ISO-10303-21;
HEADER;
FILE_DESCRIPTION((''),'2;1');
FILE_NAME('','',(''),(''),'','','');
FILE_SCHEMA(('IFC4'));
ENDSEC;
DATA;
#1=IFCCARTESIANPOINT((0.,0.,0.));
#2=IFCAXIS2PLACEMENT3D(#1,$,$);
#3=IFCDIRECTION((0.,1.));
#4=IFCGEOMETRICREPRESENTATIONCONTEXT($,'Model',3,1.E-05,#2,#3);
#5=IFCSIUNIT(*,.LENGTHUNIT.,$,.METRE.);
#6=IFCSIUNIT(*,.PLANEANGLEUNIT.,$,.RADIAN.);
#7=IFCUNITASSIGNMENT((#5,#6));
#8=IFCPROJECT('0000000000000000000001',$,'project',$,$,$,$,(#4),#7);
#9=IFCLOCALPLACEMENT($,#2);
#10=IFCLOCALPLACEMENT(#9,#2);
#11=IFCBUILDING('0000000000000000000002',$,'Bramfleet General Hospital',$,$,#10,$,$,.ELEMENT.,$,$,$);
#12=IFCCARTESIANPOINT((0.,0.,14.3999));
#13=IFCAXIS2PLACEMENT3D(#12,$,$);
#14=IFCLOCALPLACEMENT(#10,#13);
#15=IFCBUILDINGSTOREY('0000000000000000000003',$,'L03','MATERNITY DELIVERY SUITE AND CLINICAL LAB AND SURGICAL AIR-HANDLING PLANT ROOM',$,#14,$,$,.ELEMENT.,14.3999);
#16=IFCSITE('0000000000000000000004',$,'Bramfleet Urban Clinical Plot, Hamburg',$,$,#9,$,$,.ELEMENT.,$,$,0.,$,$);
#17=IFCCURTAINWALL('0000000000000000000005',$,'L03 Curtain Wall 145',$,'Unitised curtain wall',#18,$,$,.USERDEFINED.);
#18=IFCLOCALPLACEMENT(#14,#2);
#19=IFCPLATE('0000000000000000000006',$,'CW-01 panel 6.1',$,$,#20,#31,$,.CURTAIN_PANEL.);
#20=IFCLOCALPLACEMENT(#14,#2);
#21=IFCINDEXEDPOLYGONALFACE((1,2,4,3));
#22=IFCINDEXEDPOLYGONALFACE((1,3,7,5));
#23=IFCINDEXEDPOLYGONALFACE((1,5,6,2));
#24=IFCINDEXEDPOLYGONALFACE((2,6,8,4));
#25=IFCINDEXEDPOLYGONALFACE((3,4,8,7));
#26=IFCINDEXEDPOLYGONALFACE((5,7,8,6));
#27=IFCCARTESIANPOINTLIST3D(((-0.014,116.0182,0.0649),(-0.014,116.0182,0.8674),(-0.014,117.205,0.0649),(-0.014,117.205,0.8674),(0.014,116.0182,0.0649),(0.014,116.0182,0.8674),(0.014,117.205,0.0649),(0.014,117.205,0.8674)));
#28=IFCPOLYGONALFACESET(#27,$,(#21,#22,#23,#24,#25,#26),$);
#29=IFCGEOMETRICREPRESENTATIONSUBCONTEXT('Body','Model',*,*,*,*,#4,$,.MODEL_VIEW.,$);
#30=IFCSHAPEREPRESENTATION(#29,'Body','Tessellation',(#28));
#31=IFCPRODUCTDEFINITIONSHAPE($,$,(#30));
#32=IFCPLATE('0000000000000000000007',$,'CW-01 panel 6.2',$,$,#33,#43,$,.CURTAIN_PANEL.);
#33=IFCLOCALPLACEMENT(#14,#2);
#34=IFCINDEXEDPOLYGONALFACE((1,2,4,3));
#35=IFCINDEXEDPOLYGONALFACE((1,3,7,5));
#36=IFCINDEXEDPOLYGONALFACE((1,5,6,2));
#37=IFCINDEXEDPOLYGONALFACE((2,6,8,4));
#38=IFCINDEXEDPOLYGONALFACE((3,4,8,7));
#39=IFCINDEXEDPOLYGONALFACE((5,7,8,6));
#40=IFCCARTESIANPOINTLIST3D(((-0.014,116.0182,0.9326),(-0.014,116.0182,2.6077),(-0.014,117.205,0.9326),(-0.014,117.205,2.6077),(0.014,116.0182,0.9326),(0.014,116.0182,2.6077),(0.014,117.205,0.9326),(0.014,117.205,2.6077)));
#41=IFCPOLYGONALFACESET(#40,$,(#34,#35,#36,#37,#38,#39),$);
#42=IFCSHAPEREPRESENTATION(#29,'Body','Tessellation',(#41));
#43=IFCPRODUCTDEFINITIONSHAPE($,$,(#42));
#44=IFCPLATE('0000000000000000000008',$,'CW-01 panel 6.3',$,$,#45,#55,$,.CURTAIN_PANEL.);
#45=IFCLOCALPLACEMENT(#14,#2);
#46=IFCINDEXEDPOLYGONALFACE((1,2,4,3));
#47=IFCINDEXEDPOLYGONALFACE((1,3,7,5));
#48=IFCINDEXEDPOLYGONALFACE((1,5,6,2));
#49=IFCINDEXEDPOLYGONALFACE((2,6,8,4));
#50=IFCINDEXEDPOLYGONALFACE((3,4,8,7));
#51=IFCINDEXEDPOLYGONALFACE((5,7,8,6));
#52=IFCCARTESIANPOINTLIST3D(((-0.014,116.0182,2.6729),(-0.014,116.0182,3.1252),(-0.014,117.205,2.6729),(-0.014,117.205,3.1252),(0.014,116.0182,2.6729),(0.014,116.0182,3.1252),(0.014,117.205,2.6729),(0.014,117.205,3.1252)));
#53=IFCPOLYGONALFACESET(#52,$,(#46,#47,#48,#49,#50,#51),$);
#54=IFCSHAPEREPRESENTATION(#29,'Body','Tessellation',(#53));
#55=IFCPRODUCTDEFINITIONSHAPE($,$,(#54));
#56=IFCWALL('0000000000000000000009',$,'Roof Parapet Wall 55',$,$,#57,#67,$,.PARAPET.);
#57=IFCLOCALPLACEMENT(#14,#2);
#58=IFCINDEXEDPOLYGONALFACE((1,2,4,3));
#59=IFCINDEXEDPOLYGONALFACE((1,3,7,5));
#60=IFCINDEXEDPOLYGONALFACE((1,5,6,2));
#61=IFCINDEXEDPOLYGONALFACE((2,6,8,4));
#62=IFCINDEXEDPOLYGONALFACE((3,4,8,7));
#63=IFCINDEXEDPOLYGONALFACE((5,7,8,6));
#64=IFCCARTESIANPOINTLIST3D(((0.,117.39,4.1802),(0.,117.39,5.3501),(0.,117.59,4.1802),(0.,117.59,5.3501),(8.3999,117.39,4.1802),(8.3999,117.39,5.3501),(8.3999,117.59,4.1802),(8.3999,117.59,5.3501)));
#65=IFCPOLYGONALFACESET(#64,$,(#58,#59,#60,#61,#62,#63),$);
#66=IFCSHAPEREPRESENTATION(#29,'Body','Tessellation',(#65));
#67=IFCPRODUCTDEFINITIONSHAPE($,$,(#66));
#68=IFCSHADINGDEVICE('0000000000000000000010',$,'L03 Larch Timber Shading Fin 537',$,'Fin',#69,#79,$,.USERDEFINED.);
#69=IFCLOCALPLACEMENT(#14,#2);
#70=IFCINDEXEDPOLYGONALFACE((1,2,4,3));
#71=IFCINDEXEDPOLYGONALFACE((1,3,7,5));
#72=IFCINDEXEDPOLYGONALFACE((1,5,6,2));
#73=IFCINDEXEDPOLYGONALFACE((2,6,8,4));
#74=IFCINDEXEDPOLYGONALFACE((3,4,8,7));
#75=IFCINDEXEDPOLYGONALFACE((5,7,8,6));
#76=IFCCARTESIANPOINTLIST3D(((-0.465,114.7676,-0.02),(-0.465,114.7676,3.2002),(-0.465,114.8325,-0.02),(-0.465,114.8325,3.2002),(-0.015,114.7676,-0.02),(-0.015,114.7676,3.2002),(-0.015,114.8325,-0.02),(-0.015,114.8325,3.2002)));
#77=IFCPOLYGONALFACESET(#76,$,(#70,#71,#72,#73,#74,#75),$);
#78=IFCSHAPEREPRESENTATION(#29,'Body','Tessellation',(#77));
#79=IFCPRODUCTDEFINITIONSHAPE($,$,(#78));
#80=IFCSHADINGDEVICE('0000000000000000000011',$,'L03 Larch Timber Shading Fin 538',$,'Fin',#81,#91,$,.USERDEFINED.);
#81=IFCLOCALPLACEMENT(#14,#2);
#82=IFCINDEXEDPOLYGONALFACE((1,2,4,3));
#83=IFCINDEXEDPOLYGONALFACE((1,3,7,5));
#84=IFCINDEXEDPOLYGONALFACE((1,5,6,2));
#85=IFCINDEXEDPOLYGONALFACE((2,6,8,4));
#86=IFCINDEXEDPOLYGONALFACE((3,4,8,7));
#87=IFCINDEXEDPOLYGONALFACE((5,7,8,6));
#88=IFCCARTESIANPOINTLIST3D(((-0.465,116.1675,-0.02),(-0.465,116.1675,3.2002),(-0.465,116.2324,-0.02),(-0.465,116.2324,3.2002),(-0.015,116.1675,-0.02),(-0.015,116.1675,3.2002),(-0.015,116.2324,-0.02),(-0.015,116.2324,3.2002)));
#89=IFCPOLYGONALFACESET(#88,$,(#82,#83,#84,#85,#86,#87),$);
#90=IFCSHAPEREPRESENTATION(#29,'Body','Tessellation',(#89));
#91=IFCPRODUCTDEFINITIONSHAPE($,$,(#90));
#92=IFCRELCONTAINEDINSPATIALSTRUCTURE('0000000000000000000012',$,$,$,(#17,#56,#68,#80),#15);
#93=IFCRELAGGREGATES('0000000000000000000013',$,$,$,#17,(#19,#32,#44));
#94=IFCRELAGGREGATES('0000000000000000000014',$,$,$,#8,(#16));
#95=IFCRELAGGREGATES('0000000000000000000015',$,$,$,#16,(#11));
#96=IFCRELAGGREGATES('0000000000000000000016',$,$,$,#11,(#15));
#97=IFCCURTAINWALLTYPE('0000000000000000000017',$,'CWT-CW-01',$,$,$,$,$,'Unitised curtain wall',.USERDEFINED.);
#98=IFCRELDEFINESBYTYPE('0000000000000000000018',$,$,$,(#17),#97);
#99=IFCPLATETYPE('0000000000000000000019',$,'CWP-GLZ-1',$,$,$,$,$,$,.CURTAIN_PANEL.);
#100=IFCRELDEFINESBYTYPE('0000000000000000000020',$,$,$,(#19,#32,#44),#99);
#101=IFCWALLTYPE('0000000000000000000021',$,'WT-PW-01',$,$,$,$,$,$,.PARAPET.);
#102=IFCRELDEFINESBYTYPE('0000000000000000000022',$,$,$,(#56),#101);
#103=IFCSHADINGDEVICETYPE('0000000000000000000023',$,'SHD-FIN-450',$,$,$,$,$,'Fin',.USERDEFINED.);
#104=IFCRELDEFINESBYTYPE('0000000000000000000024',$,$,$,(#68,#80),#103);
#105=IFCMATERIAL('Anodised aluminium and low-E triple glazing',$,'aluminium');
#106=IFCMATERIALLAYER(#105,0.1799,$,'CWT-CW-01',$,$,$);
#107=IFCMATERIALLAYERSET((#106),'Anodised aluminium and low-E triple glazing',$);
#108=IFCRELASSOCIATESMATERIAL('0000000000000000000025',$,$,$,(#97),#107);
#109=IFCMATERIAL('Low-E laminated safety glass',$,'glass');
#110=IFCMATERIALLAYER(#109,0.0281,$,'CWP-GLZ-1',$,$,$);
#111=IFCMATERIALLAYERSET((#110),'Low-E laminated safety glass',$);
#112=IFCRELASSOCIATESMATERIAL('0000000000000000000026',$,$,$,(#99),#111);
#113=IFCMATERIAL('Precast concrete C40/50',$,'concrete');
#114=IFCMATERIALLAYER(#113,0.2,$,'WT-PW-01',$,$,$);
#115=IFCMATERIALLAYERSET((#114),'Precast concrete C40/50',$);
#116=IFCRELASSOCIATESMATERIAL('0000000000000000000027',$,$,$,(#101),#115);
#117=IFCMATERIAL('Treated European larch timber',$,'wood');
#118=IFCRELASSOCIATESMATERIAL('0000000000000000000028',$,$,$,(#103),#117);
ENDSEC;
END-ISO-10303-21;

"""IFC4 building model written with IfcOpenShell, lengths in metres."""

from ifc_helpers import new_model, si_unit, direction, frame, frame_2d, origin, origin_2d, place, context, subcontext, project, spatial, rectangle, extrude, material, layer, layer_set, material_profile, profile_set, type_object, element, aggregate, save


model = new_model("IFC4")

# Units and contexts
model_context = context("Model", 3, precision=1e-05, world=origin(), true_north=direction((0.0, 1.0)))
body_context = subcontext(model_context, "Body", "Model", "MODEL_VIEW")
ifc_project = project(units=[si_unit("LENGTHUNIT", "METRE"), si_unit("PLANEANGLEUNIT", "RADIAN")], contexts=[model_context])

# Site, building, storey
site_placement = place(None, origin())
site = spatial("IfcSite", under=ifc_project, at=site_placement, Name="Bramfleet Urban Clinical Plot, Hamburg", CompositionType="ELEMENT", RefElevation=0.0)
building_placement = place(site_placement, origin())
building = spatial("IfcBuilding", under=site, at=building_placement, Name="Bramfleet General Hospital", CompositionType="ELEMENT")
storey_placement = place(building_placement, frame((0.0, 0.0, 14.3999)))
storey = spatial("IfcBuildingStorey", under=building, at=storey_placement, Name="L03", Description="MATERNITY DELIVERY SUITE AND CLINICAL LAB AND SURGICAL AIR-HANDLING PLANT ROOM", CompositionType="ELEMENT", Elevation=14.3999)

# Curtain wall
ifc_material_1 = material(Name="Anodised aluminium and low-E triple glazing", Category="aluminium")
ifc_layer_1 = layer(ifc_material_1, 0.1799, Name="CWT-CW-01")
ifc_layer_set_1 = layer_set([ifc_layer_1], Name="Anodised aluminium and low-E triple glazing")
curtain_wall_type_1 = type_object("IfcCurtainWallType", Name="CWT-CW-01", ElementType="Unitised curtain wall", PredefinedType="USERDEFINED", material=ifc_layer_set_1)
curtain_wall_1_placement = place(storey_placement, origin())
curtain_wall_1 = element("IfcCurtainWall", 1, at=curtain_wall_1_placement, inside=storey, type_object=curtain_wall_type_1, Name="L03 Curtain Wall 145", ObjectType="Unitised curtain wall", PredefinedType="USERDEFINED")

# Plates
ifc_material_2 = material(Name="Low-E laminated safety glass", Category="glass")
ifc_layer_2 = layer(ifc_material_2, 0.0281, Name="CWP-GLZ-1")
ifc_layer_set_2 = layer_set([ifc_layer_2], Name="Low-E laminated safety glass")
plate_type = type_object("IfcPlateType", Name="CWP-GLZ-1", PredefinedType="CURTAIN_PANEL", material=ifc_layer_set_2)
plate_1_placement = place(storey_placement, frame((0.0, 116.6116, 0.0649), z_axis=(0.0, 0.0, 1.0), x_axis=(0.0, 1.0, 0.0)))
plate_1 = element("IfcPlate", 2, at=plate_1_placement, type_object=plate_type, Name="CW-01 panel 6.1", PredefinedType="CURTAIN_PANEL", context=body_context, shape_type="SweptSolid", body=[
    extrude(rectangle(XDim=1.1868, YDim=0.0281, at=origin_2d()), origin(), (0.0, 0.0, 1.0), 0.8025),
])
plate_2_placement = place(storey_placement, frame((0.0, 116.6116, 0.9326), z_axis=(0.0, 0.0, 1.0), x_axis=(0.0, 1.0, 0.0)))
plate_2 = element("IfcPlate", 3, at=plate_2_placement, type_object=plate_type, Name="CW-01 panel 6.2", PredefinedType="CURTAIN_PANEL", context=body_context, shape_type="SweptSolid", body=[
    extrude(rectangle(XDim=1.1868, YDim=0.0281, at=origin_2d()), origin(), (0.0, 0.0, 1.0), 1.675),
])
plate_3_placement = place(storey_placement, frame((0.0, 116.6116, 2.6729), z_axis=(0.0, 0.0, 1.0), x_axis=(0.0, 1.0, 0.0)))
plate_3 = element("IfcPlate", 4, at=plate_3_placement, type_object=plate_type, Name="CW-01 panel 6.3", PredefinedType="CURTAIN_PANEL", context=body_context, shape_type="SweptSolid", body=[
    extrude(rectangle(XDim=1.1868, YDim=0.0281, at=origin_2d()), origin(), (0.0, 0.0, 1.0), 0.4524),
])
aggregate(curtain_wall_1, [plate_1, plate_2, plate_3])

# Wall
ifc_material_3 = material(Name="Precast concrete C40/50", Category="concrete")
ifc_layer_3 = layer(ifc_material_3, 0.2, Name="WT-PW-01")
ifc_layer_set_3 = layer_set([ifc_layer_3], Name="Precast concrete C40/50")
wall_type = type_object("IfcWallType", Name="WT-PW-01", PredefinedType="PARAPET", material=ifc_layer_set_3)
wall_placement = place(storey_placement, frame((0.0, 117.49, 4.1802), z_axis=(0.0, 0.0, 1.0), x_axis=(1.0, 0.0, 0.0)))
element("IfcWall", 5, at=wall_placement, inside=storey, type_object=wall_type, Name="Roof Parapet Wall 55", PredefinedType="PARAPET", context=body_context, shape_type="SweptSolid", body=[
    extrude(rectangle(XDim=8.3999, YDim=0.2, at=frame_2d((4.2, 0.0))), origin(), (0.0, 0.0, 1.0), 1.1699),
])

# Shading devices
ifc_material_4 = material(Name="Treated European larch timber", Category="wood")
ifc_material_profile_1 = material_profile(ifc_material_4, rectangle(XDim=0.0649, YDim=0.45, at=origin_2d()), Name="LARCH FIN 450x65")
ifc_profile_set_1 = profile_set([ifc_material_profile_1], Name="Treated European larch timber")
shading_device_type = type_object("IfcShadingDeviceType", Name="SHD-FIN-450", ElementType="Fin", PredefinedType="USERDEFINED", material=ifc_profile_set_1)
for number, where, z_axis, x_axis, name in (
    (6, (-0.24, 114.8, -0.02), (0.0, 0.0, 1.0), (0.0, 1.0, 0.0), "L03 Larch Timber Shading Fin 537"),
    (7, (-0.24, 116.2, -0.02), (0.0, 0.0, 1.0), (0.0, 1.0, 0.0), "L03 Larch Timber Shading Fin 538"),
):
    element("IfcShadingDevice", number, at=place(storey_placement, frame(where, z_axis=z_axis, x_axis=x_axis)), inside=storey, type_object=shading_device_type, Name=name, ObjectType="Fin", PredefinedType="USERDEFINED", context=body_context, shape_type="SweptSolid", body=[
        extrude(rectangle(XDim=0.0649, YDim=0.45, at=origin_2d()), origin(), (0.0, 0.0, 1.0), 3.2202),
    ])

save(model, "model.ifc")
